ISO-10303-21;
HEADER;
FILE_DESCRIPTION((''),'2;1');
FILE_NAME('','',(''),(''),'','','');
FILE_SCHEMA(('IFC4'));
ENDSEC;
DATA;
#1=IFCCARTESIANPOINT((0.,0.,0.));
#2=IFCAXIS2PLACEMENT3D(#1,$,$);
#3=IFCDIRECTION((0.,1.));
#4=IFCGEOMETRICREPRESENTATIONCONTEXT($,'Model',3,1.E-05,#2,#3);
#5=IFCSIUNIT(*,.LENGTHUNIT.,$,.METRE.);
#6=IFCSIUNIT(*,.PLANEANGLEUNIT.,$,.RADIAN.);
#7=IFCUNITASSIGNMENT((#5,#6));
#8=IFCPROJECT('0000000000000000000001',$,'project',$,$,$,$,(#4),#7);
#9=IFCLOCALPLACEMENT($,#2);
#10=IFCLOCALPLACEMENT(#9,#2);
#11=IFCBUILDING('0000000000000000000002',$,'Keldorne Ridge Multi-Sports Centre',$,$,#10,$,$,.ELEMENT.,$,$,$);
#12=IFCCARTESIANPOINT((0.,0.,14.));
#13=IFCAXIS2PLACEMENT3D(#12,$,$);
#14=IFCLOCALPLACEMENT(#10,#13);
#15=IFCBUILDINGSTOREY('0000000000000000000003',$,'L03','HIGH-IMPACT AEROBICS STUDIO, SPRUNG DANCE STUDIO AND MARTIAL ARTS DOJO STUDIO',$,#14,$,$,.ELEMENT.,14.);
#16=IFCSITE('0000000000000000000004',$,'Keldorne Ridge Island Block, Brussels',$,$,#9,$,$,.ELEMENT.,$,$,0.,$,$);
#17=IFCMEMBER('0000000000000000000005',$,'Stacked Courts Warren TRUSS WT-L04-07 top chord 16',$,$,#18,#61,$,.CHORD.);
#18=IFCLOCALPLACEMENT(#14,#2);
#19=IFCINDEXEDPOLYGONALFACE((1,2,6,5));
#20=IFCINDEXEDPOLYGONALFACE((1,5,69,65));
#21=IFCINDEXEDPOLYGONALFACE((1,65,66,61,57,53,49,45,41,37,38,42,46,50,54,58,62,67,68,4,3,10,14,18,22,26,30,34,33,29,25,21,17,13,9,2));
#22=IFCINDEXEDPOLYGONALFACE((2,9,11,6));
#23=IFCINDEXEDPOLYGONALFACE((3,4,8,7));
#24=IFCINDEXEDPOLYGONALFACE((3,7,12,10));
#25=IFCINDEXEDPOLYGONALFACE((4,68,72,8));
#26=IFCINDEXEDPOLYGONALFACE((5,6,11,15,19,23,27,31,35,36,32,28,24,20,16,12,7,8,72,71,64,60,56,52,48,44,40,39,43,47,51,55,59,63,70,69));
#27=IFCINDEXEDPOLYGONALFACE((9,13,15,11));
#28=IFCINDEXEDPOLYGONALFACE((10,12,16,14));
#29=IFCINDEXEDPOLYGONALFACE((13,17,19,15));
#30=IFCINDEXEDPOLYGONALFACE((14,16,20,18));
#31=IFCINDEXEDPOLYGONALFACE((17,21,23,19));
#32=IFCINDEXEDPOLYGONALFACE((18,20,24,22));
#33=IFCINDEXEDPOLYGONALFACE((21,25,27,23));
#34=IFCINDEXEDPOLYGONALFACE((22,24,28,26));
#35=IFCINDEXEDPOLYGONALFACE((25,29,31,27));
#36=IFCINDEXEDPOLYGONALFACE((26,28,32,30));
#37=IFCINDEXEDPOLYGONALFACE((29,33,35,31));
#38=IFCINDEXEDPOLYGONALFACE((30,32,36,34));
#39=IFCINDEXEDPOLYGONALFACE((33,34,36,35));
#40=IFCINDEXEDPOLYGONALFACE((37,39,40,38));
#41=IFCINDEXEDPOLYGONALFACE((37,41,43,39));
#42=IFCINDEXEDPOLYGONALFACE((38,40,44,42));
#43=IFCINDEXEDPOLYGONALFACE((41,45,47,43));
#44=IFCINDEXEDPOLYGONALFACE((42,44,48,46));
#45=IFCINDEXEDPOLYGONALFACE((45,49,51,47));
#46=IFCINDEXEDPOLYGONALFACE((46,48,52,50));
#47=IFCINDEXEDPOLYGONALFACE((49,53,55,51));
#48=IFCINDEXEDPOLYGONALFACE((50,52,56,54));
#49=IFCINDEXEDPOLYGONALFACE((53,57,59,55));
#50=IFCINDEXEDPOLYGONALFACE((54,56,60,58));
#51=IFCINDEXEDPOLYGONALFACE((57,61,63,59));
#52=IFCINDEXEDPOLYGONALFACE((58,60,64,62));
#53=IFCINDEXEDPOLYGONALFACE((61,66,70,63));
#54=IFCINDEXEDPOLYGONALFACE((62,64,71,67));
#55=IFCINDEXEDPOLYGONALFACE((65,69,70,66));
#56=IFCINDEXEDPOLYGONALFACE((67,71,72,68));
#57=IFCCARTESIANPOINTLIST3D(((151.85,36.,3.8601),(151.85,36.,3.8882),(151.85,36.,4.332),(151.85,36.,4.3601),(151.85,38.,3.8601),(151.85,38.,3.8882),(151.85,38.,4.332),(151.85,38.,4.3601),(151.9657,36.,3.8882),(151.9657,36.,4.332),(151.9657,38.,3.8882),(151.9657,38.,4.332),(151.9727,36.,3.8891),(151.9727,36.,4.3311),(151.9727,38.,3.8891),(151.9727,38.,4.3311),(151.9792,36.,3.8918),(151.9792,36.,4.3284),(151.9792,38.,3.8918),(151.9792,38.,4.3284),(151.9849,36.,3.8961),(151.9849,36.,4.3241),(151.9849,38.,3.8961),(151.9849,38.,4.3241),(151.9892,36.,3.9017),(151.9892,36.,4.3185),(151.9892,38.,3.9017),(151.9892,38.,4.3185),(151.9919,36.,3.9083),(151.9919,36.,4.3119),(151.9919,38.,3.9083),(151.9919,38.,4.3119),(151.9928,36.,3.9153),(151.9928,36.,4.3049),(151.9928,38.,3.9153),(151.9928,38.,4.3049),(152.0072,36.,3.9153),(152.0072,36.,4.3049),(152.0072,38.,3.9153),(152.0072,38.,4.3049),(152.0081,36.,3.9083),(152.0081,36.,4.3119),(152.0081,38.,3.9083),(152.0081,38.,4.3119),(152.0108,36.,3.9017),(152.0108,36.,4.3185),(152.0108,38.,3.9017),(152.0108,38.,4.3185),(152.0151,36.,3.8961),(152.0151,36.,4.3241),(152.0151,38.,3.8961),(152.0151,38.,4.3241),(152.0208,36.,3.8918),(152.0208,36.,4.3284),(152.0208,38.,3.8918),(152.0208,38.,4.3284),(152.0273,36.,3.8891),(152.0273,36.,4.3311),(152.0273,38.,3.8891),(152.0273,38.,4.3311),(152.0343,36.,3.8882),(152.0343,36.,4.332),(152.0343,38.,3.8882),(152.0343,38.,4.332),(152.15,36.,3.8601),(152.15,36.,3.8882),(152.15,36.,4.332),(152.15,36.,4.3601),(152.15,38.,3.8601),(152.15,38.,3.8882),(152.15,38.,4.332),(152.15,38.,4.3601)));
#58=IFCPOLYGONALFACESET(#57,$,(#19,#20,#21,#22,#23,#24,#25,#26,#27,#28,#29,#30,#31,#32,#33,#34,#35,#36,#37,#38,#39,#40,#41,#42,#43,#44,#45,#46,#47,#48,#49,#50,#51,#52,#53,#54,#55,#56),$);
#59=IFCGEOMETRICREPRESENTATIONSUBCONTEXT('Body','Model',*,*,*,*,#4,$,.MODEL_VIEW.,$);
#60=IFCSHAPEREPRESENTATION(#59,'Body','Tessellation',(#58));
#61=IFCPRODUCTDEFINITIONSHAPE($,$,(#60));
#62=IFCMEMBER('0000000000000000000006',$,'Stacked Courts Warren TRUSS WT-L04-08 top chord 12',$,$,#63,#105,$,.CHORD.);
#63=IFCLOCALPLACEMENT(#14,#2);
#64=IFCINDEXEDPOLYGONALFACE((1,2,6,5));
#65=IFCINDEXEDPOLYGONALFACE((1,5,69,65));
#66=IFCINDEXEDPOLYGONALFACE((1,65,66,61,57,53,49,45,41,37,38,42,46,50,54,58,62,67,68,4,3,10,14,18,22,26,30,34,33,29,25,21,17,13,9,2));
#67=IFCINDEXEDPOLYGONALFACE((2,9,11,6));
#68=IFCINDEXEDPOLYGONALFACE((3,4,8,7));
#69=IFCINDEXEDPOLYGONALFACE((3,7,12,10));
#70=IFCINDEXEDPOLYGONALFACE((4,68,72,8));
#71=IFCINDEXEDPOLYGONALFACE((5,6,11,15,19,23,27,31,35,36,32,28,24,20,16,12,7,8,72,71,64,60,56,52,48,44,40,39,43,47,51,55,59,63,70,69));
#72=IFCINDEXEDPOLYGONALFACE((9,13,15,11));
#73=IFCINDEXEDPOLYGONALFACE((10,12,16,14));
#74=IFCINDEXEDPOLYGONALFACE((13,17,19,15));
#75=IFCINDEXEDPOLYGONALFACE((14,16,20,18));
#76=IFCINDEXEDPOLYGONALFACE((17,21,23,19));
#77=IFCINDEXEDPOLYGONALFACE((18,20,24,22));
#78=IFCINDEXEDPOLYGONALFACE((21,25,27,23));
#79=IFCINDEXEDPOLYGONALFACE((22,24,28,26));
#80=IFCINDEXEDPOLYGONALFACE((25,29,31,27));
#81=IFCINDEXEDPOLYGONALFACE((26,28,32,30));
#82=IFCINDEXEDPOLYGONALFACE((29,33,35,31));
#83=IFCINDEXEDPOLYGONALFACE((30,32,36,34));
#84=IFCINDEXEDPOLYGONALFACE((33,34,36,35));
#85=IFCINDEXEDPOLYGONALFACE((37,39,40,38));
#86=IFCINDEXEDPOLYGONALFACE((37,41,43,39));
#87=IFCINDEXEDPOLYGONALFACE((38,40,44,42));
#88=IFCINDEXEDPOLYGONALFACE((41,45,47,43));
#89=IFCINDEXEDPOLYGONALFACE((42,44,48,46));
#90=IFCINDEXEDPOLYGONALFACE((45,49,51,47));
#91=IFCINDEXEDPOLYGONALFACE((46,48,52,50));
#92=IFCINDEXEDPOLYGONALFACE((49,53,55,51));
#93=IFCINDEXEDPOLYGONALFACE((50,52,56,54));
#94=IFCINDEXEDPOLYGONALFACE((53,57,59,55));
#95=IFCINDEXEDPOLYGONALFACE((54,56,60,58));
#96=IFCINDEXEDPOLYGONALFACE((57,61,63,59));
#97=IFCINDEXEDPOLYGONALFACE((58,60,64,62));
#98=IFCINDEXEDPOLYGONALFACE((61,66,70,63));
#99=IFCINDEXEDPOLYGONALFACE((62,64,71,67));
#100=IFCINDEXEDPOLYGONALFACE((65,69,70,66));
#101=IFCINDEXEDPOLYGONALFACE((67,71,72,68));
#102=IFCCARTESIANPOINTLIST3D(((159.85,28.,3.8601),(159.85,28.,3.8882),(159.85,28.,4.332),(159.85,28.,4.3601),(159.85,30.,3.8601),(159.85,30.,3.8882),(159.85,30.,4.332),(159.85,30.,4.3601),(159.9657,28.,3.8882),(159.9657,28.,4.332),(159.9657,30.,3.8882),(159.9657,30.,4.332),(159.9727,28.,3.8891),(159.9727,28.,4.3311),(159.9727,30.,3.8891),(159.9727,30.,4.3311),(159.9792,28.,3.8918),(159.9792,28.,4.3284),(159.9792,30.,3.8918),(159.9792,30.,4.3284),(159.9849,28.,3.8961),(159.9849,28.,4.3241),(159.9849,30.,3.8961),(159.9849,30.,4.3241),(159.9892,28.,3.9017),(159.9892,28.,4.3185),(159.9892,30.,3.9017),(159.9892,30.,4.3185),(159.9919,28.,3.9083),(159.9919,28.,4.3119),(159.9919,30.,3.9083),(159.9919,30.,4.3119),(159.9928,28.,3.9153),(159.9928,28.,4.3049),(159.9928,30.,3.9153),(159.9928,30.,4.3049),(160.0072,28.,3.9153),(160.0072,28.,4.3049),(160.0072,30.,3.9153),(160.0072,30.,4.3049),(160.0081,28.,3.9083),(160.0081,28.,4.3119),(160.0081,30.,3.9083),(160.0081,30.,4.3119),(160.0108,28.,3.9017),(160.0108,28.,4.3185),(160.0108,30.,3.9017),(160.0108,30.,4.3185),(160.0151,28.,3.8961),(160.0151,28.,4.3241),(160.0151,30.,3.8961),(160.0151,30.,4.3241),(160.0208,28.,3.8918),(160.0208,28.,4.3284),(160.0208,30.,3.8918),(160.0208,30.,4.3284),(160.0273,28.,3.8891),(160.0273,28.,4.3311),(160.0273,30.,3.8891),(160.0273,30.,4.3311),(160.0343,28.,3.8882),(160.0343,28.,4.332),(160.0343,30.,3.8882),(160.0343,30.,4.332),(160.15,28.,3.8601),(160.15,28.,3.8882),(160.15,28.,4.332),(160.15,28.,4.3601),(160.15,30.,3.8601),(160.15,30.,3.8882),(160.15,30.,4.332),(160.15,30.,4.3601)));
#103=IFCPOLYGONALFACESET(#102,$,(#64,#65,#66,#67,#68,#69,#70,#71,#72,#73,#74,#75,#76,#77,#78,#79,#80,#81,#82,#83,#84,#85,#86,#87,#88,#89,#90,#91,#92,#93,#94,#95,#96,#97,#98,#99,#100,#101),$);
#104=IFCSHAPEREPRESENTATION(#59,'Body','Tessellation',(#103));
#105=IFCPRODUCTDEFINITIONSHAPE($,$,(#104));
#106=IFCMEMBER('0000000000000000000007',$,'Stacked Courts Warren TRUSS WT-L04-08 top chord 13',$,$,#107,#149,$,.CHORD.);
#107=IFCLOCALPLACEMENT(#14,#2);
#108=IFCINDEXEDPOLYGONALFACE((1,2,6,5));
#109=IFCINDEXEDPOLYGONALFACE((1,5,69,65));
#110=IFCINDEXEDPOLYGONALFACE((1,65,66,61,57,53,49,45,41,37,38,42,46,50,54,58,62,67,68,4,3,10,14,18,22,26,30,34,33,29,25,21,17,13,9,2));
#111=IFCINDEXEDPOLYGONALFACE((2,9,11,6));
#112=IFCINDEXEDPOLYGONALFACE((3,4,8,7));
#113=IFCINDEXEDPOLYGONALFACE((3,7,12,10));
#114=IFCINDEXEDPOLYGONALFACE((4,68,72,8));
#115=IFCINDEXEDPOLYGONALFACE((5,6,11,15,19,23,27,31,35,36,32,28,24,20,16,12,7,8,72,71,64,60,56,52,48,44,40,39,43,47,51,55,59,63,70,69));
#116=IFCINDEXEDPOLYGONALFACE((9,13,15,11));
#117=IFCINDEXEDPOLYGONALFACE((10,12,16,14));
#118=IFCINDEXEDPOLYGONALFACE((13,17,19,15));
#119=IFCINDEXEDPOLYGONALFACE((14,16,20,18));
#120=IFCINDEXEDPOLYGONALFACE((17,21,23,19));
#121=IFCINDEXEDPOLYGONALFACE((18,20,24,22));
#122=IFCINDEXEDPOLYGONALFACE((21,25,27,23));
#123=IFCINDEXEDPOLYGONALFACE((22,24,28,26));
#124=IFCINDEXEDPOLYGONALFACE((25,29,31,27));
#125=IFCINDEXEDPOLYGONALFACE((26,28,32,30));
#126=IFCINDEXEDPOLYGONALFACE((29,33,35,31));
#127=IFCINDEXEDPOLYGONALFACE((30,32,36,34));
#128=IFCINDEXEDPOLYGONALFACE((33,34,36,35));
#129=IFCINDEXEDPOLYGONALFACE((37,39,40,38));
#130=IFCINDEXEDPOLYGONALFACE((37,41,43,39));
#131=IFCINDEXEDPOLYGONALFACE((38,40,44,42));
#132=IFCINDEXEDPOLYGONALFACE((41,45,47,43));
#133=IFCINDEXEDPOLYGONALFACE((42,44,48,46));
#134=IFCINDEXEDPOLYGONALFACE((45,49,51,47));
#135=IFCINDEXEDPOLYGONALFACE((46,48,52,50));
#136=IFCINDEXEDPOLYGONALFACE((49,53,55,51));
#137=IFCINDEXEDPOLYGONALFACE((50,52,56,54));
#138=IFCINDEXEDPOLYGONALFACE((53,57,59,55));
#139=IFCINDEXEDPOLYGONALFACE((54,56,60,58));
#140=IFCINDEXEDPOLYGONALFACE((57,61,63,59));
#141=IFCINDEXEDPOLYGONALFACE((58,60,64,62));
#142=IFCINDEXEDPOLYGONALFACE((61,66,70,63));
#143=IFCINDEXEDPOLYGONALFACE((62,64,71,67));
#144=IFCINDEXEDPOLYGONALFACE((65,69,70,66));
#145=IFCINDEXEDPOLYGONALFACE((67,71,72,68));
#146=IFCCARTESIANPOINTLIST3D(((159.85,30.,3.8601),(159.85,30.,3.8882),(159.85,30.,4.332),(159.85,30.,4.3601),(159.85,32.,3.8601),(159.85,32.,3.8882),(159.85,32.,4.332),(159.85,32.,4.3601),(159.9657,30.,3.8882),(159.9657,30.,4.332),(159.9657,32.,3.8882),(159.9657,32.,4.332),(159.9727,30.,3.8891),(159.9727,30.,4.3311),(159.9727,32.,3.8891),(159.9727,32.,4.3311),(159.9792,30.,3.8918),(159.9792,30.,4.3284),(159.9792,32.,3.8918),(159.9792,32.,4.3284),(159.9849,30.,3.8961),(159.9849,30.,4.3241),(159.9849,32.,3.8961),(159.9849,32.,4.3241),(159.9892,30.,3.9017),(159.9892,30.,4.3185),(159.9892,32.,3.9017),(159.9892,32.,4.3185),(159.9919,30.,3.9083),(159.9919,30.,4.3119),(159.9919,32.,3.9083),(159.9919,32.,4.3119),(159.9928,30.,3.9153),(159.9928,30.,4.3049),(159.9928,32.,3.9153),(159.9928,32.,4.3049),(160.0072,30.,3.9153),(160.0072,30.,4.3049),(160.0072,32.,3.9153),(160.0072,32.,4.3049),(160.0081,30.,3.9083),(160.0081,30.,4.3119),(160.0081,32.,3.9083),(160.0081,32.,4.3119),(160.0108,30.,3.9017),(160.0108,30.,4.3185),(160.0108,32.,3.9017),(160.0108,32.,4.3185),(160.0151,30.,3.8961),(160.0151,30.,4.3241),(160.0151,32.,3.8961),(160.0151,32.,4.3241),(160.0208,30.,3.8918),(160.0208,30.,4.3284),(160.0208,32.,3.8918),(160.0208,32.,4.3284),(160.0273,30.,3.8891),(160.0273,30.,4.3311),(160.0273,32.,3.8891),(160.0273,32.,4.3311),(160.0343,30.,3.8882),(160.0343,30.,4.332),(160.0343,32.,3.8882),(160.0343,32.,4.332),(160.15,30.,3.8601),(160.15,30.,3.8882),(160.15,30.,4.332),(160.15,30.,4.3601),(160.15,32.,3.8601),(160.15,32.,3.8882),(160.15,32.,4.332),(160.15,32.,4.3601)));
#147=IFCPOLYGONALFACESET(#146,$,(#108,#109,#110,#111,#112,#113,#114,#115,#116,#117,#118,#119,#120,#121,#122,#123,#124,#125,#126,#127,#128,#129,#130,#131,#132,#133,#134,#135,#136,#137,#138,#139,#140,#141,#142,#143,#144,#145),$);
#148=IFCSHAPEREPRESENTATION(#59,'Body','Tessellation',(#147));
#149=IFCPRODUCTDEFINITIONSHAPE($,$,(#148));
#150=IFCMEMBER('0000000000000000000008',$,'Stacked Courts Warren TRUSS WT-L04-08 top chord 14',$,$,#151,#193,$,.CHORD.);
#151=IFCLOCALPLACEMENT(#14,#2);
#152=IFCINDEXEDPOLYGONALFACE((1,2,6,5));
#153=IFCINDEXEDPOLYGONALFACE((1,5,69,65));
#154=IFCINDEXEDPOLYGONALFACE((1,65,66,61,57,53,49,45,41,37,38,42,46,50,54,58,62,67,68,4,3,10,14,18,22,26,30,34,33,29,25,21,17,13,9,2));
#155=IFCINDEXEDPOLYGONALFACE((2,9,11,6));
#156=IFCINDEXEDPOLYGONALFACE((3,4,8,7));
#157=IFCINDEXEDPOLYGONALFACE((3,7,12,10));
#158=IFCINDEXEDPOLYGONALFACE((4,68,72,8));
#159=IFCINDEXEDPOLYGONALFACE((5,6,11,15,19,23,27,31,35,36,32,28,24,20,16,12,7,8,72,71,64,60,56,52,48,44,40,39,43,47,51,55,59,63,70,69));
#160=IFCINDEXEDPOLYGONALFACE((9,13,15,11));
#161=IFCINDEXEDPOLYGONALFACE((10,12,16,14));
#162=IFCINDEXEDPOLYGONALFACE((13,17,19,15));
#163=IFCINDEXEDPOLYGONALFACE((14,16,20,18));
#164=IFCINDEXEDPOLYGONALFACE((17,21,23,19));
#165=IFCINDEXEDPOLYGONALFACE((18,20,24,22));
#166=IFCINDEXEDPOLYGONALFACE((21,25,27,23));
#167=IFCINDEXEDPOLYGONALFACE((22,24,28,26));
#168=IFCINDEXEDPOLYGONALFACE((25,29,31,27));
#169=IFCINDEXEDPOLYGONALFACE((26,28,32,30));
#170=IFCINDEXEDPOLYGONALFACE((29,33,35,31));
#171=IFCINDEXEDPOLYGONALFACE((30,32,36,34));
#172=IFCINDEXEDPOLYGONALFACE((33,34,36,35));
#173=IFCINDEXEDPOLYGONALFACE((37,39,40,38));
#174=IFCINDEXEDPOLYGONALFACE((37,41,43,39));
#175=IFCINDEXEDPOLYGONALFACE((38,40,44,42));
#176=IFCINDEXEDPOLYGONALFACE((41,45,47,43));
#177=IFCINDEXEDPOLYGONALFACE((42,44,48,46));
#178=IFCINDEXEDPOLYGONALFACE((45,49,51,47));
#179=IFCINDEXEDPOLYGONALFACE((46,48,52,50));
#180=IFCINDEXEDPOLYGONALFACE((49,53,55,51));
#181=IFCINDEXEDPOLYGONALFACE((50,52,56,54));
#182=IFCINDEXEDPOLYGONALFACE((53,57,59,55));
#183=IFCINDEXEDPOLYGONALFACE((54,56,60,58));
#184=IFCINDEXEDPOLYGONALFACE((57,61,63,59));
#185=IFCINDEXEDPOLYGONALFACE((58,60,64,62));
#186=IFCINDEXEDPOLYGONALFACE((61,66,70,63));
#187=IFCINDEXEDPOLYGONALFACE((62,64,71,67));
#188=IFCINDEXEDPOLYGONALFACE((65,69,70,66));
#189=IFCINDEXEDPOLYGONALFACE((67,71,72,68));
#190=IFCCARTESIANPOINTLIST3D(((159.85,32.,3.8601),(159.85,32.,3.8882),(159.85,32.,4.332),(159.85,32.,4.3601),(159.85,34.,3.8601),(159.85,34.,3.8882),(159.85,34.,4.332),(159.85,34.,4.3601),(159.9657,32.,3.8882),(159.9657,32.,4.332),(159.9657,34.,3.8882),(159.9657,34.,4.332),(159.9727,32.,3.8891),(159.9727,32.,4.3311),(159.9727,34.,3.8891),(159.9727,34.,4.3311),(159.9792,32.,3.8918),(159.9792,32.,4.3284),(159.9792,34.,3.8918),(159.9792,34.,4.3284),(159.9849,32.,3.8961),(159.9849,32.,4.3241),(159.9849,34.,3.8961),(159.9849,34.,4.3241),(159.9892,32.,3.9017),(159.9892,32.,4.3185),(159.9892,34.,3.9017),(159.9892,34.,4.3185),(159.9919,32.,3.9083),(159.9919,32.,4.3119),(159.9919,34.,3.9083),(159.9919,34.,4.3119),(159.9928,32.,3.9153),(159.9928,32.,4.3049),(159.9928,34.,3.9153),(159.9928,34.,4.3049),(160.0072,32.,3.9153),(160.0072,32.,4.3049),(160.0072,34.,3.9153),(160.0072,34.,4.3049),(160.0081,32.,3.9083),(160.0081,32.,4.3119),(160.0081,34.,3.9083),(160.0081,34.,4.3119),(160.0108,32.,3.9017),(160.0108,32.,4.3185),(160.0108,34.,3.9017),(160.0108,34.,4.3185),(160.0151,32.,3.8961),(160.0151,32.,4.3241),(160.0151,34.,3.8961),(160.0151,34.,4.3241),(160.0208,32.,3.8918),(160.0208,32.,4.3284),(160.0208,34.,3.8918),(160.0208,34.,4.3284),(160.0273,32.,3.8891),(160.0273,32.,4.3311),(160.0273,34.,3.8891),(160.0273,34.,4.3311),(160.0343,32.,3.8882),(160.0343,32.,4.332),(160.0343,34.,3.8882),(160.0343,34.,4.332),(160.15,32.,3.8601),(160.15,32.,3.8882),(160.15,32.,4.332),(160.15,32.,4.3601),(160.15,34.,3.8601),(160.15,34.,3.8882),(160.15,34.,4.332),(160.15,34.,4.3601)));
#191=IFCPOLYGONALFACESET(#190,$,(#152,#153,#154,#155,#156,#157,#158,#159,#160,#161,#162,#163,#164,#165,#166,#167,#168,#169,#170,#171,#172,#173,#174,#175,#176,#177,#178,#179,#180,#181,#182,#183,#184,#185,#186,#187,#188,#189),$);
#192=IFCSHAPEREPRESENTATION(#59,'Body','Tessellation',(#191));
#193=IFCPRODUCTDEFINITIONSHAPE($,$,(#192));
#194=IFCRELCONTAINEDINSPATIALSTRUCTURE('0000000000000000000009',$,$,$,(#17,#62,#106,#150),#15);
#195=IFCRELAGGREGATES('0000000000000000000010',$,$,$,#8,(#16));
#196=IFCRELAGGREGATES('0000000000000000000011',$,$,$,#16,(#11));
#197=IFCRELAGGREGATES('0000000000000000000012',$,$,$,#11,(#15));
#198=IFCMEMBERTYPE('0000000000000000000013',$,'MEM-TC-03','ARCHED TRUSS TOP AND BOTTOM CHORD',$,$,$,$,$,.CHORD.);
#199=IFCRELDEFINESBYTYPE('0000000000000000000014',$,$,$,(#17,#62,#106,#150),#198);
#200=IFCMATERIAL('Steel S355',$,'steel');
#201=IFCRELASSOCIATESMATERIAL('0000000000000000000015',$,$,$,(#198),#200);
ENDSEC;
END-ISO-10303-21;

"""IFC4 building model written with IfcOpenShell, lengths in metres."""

from ifc_helpers import new_model, si_unit, direction, frame, origin, origin_2d, place, context, subcontext, project, spatial, i_section, extrude, material, material_profile, profile_set, type_object, element, save


model = new_model("IFC4")

# Units and contexts
model_context = context("Model", 3, precision=1e-05, world=origin(), true_north=direction((0.0, 1.0)))
body_context = subcontext(model_context, "Body", "Model", "MODEL_VIEW")
ifc_project = project(units=[si_unit("LENGTHUNIT", "METRE"), si_unit("PLANEANGLEUNIT", "RADIAN")], contexts=[model_context])

# Site, building, storey
site_placement = place(None, origin())
site = spatial("IfcSite", under=ifc_project, at=site_placement, Name="Keldorne Ridge Island Block, Brussels", CompositionType="ELEMENT", RefElevation=0.0)
building_placement = place(site_placement, origin())
building = spatial("IfcBuilding", under=site, at=building_placement, Name="Keldorne Ridge Multi-Sports Centre", CompositionType="ELEMENT")
storey_placement = place(building_placement, frame((0.0, 0.0, 14.0)))
storey = spatial("IfcBuildingStorey", under=building, at=storey_placement, Name="L03", Description="HIGH-IMPACT AEROBICS STUDIO, SPRUNG DANCE STUDIO AND MARTIAL ARTS DOJO STUDIO", CompositionType="ELEMENT", Elevation=14.0)

# Members
ifc_material = material(Name="Steel S355", Category="steel")
ifc_material_profile_1 = material_profile(ifc_material, i_section(OverallWidth=0.3, OverallDepth=0.5, WebThickness=0.0144, FlangeThickness=0.0281, FilletRadius=0.0271, at=origin_2d()), Name="HEB 500")
ifc_profile_set_1 = profile_set([ifc_material_profile_1], Name="Steel S355")
member_type_1 = type_object("IfcMemberType", Name="MEM-TC-03", Description="ARCHED TRUSS TOP AND BOTTOM CHORD", PredefinedType="CHORD", material=ifc_profile_set_1)
for number, where, z_axis, x_axis, name in (
    (1, (152.0, 36.0, 4.1101), (0.0, 1.0, 0.0), (-1.0, 0.0, 0.0), "Stacked Courts Warren TRUSS WT-L04-07 top chord 16"),
    (2, (160.0, 28.0, 4.1101), (0.0, 1.0, 0.0), (-1.0, 0.0, 0.0), "Stacked Courts Warren TRUSS WT-L04-08 top chord 12"),
    (3, (160.0, 30.0, 4.1101), (0.0, 1.0, 0.0), (-1.0, 0.0, 0.0), "Stacked Courts Warren TRUSS WT-L04-08 top chord 13"),
    (4, (160.0, 32.0, 4.1101), (0.0, 1.0, 0.0), (-1.0, 0.0, 0.0), "Stacked Courts Warren TRUSS WT-L04-08 top chord 14"),
):
    element("IfcMember", number, at=place(storey_placement, frame(where, z_axis=z_axis, x_axis=x_axis)), inside=storey, type_object=member_type_1, Name=name, PredefinedType="CHORD", context=body_context, shape_type="SweptSolid", body=[
        extrude(i_section(OverallWidth=0.3, OverallDepth=0.5, WebThickness=0.0144, FlangeThickness=0.0281, FilletRadius=0.0271, at=origin_2d()), origin(), (0.0, 0.0, 1.0), 2.0),
    ])

save(model, "model.ifc")
